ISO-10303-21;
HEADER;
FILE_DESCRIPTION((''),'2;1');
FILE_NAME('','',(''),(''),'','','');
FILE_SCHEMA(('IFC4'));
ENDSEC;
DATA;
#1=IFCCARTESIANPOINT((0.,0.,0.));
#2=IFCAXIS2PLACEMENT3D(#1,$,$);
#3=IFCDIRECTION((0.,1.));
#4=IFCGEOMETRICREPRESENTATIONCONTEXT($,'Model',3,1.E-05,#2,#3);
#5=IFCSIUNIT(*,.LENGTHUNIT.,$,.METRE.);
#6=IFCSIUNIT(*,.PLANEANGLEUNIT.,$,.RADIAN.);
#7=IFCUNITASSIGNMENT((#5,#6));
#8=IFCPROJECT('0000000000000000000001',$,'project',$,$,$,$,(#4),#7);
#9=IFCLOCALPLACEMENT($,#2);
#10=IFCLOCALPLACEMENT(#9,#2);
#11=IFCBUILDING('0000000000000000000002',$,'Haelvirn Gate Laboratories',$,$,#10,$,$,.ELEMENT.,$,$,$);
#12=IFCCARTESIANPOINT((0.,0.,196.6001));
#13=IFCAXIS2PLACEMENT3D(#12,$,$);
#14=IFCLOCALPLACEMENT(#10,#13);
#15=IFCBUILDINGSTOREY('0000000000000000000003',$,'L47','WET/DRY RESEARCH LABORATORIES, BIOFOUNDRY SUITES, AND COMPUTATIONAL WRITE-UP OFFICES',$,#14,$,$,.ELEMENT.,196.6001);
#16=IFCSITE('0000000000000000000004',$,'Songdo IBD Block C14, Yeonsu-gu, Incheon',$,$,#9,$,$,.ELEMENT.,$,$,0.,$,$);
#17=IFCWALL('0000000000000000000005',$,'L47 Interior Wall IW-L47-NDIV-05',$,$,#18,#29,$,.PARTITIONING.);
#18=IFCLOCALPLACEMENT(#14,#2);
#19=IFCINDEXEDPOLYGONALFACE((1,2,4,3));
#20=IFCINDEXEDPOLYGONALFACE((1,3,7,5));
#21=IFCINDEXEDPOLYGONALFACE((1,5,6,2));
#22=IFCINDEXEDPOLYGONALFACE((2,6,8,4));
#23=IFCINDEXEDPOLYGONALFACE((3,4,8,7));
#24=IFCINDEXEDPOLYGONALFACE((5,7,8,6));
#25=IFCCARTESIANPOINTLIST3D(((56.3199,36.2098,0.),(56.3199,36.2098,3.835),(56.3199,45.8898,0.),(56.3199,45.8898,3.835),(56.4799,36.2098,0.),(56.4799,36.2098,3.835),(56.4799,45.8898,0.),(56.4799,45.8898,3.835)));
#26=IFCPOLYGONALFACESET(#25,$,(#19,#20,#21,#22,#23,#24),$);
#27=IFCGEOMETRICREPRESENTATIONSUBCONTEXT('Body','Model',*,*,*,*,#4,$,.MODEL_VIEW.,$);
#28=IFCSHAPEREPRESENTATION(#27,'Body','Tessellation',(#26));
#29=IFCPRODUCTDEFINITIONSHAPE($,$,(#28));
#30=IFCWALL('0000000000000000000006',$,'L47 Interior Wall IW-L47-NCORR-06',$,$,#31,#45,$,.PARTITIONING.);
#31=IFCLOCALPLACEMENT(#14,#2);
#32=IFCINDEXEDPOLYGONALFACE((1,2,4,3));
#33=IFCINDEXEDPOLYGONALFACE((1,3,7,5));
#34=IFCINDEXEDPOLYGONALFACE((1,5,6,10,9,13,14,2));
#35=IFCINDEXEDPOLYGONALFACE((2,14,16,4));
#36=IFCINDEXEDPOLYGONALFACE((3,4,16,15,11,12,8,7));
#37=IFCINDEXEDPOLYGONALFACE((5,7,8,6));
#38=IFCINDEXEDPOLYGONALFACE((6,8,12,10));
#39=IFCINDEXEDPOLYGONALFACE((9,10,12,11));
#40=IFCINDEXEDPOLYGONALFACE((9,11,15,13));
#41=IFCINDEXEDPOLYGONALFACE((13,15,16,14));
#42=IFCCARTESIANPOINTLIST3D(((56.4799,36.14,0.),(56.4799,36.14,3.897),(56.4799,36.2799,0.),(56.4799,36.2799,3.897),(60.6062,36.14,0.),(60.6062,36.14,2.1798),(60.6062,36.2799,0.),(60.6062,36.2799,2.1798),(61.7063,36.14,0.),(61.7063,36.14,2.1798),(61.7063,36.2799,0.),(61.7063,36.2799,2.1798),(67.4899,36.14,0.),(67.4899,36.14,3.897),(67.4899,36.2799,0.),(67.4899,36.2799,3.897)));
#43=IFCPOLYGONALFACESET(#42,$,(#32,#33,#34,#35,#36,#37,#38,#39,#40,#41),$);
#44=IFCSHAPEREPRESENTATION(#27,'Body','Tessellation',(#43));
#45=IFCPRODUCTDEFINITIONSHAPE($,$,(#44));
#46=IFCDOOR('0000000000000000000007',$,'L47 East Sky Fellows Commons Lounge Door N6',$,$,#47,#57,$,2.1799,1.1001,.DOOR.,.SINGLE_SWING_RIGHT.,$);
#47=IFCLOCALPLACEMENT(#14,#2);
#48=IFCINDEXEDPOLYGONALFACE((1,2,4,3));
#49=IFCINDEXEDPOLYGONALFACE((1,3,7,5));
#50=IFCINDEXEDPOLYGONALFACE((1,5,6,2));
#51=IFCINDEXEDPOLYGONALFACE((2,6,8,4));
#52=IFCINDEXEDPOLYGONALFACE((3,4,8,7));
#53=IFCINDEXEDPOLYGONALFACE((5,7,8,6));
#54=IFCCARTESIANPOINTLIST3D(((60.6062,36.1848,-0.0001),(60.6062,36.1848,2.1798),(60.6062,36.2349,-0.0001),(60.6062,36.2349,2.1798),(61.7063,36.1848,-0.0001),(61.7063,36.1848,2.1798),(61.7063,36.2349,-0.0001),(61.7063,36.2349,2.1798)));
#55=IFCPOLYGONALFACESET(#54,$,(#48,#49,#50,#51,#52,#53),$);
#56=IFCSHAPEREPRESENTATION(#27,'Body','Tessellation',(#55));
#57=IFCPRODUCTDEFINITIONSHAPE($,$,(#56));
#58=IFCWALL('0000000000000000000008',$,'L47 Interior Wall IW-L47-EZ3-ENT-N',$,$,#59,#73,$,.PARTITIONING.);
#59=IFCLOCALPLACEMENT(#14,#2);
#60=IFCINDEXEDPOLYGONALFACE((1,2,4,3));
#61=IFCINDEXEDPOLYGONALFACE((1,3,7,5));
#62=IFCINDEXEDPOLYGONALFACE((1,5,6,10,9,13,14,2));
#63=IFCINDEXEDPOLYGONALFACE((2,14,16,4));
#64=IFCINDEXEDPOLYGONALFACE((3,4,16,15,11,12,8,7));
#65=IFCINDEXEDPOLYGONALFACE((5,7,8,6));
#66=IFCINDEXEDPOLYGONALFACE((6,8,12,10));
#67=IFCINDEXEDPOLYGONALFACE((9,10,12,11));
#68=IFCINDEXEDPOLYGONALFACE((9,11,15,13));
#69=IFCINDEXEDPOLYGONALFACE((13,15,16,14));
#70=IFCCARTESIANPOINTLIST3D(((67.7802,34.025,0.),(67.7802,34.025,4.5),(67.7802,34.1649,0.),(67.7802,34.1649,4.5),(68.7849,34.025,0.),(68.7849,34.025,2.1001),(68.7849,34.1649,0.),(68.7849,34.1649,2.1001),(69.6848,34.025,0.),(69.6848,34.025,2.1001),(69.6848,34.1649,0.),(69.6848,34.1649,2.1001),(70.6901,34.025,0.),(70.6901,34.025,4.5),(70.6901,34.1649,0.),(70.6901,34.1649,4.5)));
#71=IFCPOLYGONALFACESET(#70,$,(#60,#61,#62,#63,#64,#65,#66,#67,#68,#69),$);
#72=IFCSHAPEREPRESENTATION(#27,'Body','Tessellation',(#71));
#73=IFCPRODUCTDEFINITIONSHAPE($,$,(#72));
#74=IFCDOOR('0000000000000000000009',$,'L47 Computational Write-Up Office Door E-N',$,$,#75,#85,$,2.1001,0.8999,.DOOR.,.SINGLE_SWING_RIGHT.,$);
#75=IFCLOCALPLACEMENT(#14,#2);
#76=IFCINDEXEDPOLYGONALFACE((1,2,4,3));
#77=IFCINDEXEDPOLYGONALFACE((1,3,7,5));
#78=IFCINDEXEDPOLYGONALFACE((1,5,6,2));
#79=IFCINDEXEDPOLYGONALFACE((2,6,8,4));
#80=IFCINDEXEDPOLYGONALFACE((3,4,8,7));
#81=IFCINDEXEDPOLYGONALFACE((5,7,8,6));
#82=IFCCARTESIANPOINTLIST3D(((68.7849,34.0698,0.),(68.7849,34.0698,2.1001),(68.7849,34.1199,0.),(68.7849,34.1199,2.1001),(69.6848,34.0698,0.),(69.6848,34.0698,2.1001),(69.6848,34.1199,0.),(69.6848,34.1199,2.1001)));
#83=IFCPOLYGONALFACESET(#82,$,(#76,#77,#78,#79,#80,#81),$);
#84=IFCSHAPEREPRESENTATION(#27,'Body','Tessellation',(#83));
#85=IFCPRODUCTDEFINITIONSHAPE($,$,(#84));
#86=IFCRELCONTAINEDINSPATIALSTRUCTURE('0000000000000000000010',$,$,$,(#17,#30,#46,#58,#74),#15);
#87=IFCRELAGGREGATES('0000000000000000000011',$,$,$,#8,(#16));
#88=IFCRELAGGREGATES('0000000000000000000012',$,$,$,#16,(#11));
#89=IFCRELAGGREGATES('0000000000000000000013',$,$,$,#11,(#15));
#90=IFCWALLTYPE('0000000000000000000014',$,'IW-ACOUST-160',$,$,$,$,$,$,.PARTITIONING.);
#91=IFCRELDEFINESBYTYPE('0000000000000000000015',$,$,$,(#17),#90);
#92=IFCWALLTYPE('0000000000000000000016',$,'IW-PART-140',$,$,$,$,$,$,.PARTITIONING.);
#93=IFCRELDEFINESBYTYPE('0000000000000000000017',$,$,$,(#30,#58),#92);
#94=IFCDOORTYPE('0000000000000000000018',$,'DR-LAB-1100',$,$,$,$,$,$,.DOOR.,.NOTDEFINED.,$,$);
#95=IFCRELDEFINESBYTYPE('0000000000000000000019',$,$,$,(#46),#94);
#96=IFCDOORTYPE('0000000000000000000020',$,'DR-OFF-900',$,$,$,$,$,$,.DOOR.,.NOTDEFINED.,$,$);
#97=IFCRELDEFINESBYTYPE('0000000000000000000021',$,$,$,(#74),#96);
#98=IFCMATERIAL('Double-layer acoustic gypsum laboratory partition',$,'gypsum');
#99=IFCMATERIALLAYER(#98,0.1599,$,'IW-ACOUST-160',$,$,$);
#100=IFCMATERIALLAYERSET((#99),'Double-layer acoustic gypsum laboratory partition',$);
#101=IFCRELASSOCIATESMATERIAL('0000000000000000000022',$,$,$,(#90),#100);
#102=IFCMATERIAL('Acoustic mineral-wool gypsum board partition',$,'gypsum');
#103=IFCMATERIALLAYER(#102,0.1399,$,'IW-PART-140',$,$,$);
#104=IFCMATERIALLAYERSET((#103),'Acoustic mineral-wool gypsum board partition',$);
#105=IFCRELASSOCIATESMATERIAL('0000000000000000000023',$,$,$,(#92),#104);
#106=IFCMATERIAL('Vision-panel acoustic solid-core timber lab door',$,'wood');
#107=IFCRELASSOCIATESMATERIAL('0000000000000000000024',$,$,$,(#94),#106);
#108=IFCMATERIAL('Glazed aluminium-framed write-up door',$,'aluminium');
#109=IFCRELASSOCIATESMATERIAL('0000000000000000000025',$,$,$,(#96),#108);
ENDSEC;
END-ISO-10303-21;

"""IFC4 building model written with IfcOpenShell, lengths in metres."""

from ifc_helpers import new_model, si_unit, direction, frame, frame_2d, origin, place, context, subcontext, project, spatial, rectangle, extrude, source, transform, mapped, material, layer, layer_set, type_object, type_shapes, element, fill, save


model = new_model("IFC4")

# Units and contexts
model_context = context("Model", 3, precision=1e-05, world=origin(), true_north=direction((0.0, 1.0)))
body_context = subcontext(model_context, "Body", "Model", "MODEL_VIEW")
ifc_project = project(units=[si_unit("LENGTHUNIT", "METRE"), si_unit("PLANEANGLEUNIT", "RADIAN")], contexts=[model_context])

# Site, building, storey
site_placement = place(None, origin())
site = spatial("IfcSite", under=ifc_project, at=site_placement, Name="Songdo IBD Block C14, Yeonsu-gu, Incheon", CompositionType="ELEMENT", RefElevation=0.0)
building_placement = place(site_placement, origin())
building = spatial("IfcBuilding", under=site, at=building_placement, Name="Haelvirn Gate Laboratories", CompositionType="ELEMENT")
storey_placement = place(building_placement, frame((0.0, 0.0, 196.6001)))
storey = spatial("IfcBuildingStorey", under=building, at=storey_placement, Name="L47", Description="WET/DRY RESEARCH LABORATORIES, BIOFOUNDRY SUITES, AND COMPUTATIONAL WRITE-UP OFFICES", CompositionType="ELEMENT", Elevation=196.6001)

# Wall
ifc_material_1 = material(Name="Double-layer acoustic gypsum laboratory partition", Category="gypsum")
ifc_layer_1 = layer(ifc_material_1, 0.1599, Name="IW-ACOUST-160")
ifc_layer_set_1 = layer_set([ifc_layer_1], Name="Double-layer acoustic gypsum laboratory partition")
wall_type_1 = type_object("IfcWallType", Name="IW-ACOUST-160", PredefinedType="PARTITIONING", material=ifc_layer_set_1)
wall_1_placement = place(storey_placement, frame((56.3999, 36.21, 0.0), z_axis=(0.0, 0.0, 1.0), x_axis=(0.0, 1.0, 0.0)))
element("IfcWall", 1, at=wall_1_placement, inside=storey, type_object=wall_type_1, Name="L47 Interior Wall IW-L47-NDIV-05", PredefinedType="PARTITIONING", context=body_context, shape_type="SweptSolid", body=[
    extrude(rectangle(XDim=9.6799, YDim=0.1599, at=frame_2d((4.8398, 0.0))), origin(), (0.0, 0.0, 1.0), 3.835),
])

# Walls, openings, doors
ifc_material_2 = material(Name="Acoustic mineral-wool gypsum board partition", Category="gypsum")
ifc_layer_2 = layer(ifc_material_2, 0.1399, Name="IW-PART-140")
ifc_layer_set_2 = layer_set([ifc_layer_2], Name="Acoustic mineral-wool gypsum board partition")
wall_type_2 = type_object("IfcWallType", Name="IW-PART-140", PredefinedType="PARTITIONING", material=ifc_layer_set_2)
wall_2_placement = place(storey_placement, frame((56.48, 36.21, 0.0), z_axis=(0.0, 0.0, 1.0), x_axis=(1.0, 0.0, 0.0)))
wall_2 = element("IfcWall", 2, at=wall_2_placement, inside=storey, type_object=wall_type_2, Name="L47 Interior Wall IW-L47-NCORR-06", PredefinedType="PARTITIONING", context=body_context, shape_type="SweptSolid", body=[
    extrude(rectangle(XDim=11.01, YDim=0.1399, at=frame_2d((5.5049, 0.0))), origin(), (0.0, 0.0, 1.0), 3.897),
])
opening_1_placement = place(wall_2_placement, frame((4.1262, 0.0, 0.0)))
opening_1 = element("IfcOpeningElement", 3, at=opening_1_placement, cuts=wall_2, PredefinedType="OPENING", context=body_context, shape_type="SweptSolid", body=[
    extrude(rectangle(XDim=1.1001, YDim=2.1799, at=frame_2d((0.55, 1.0898))), frame((0.0, 0.0801, 0.0), z_axis=(0.0, -1.0, 0.0), x_axis=(1.0, 0.0, 0.0)), (0.0, 0.0, 1.0), 0.1599),
])
ifc_material_3 = material(Name="Vision-panel acoustic solid-core timber lab door", Category="wood")
door_type_1 = type_object("IfcDoorType", Name="DR-LAB-1100", OperationType="NOTDEFINED", PredefinedType="DOOR", material=ifc_material_3)
shared_shape_1 = source(origin(), body_context, "Body", "SweptSolid", [
    extrude(rectangle(XDim=1.1001, YDim=2.1799, at=frame_2d((0.55, 1.0898))), frame((0.0, 0.0249, 0.0), z_axis=(0.0, -1.0, 0.0), x_axis=(1.0, 0.0, 0.0)), (0.0, 0.0, 1.0), 0.05),
])
type_shapes(door_type_1, [shared_shape_1])
door_1_placement = place(opening_1_placement, origin())
door_1 = element("IfcDoor", 4, at=door_1_placement, inside=storey, type_object=door_type_1, Name="L47 East Sky Fellows Commons Lounge Door N6", OperationType="SINGLE_SWING_RIGHT", OverallHeight=2.1799, OverallWidth=1.1001, PredefinedType="DOOR", context=body_context, shape_type="MappedRepresentation", body=[
    mapped(shared_shape_1, transform((0.0, 0.0, 0.0), scale=1.0)),
])
fill(opening_1, door_1)
wall_3_placement = place(storey_placement, frame((67.78, 34.095, 0.0), z_axis=(0.0, 0.0, 1.0), x_axis=(1.0, 0.0, 0.0)))
wall_3 = element("IfcWall", 5, at=wall_3_placement, inside=storey, type_object=wall_type_2, Name="L47 Interior Wall IW-L47-EZ3-ENT-N", PredefinedType="PARTITIONING", context=body_context, shape_type="SweptSolid", body=[
    extrude(rectangle(XDim=2.9099, YDim=0.1399, at=frame_2d((1.4551, 0.0))), origin(), (0.0, 0.0, 1.0), 4.5),
])
opening_2_placement = place(wall_3_placement, frame((1.0049, 0.0, 0.0)))
opening_2 = element("IfcOpeningElement", 6, at=opening_2_placement, cuts=wall_3, PredefinedType="OPENING", context=body_context, shape_type="SweptSolid", body=[
    extrude(rectangle(XDim=0.8999, YDim=2.1001, at=frame_2d((0.45, 1.05))), frame((0.0, 0.0801, 0.0), z_axis=(0.0, -1.0, 0.0), x_axis=(1.0, 0.0, 0.0)), (0.0, 0.0, 1.0), 0.1599),
])
ifc_material_4 = material(Name="Glazed aluminium-framed write-up door", Category="aluminium")
door_type_2 = type_object("IfcDoorType", Name="DR-OFF-900", OperationType="NOTDEFINED", PredefinedType="DOOR", material=ifc_material_4)
shared_shape_2 = source(origin(), body_context, "Body", "SweptSolid", [
    extrude(rectangle(XDim=0.8999, YDim=2.1001, at=frame_2d((0.45, 1.05))), frame((0.0, 0.0249, 0.0), z_axis=(0.0, -1.0, 0.0), x_axis=(1.0, 0.0, 0.0)), (0.0, 0.0, 1.0), 0.05),
])
type_shapes(door_type_2, [shared_shape_2])
door_2_placement = place(opening_2_placement, origin())
door_2 = element("IfcDoor", 7, at=door_2_placement, inside=storey, type_object=door_type_2, Name="L47 Computational Write-Up Office Door E-N", OperationType="SINGLE_SWING_RIGHT", OverallHeight=2.1001, OverallWidth=0.8999, PredefinedType="DOOR", context=body_context, shape_type="MappedRepresentation", body=[
    mapped(shared_shape_2, transform((0.0, 0.0, 0.0), scale=1.0)),
])
fill(opening_2, door_2)

save(model, "model.ifc")
